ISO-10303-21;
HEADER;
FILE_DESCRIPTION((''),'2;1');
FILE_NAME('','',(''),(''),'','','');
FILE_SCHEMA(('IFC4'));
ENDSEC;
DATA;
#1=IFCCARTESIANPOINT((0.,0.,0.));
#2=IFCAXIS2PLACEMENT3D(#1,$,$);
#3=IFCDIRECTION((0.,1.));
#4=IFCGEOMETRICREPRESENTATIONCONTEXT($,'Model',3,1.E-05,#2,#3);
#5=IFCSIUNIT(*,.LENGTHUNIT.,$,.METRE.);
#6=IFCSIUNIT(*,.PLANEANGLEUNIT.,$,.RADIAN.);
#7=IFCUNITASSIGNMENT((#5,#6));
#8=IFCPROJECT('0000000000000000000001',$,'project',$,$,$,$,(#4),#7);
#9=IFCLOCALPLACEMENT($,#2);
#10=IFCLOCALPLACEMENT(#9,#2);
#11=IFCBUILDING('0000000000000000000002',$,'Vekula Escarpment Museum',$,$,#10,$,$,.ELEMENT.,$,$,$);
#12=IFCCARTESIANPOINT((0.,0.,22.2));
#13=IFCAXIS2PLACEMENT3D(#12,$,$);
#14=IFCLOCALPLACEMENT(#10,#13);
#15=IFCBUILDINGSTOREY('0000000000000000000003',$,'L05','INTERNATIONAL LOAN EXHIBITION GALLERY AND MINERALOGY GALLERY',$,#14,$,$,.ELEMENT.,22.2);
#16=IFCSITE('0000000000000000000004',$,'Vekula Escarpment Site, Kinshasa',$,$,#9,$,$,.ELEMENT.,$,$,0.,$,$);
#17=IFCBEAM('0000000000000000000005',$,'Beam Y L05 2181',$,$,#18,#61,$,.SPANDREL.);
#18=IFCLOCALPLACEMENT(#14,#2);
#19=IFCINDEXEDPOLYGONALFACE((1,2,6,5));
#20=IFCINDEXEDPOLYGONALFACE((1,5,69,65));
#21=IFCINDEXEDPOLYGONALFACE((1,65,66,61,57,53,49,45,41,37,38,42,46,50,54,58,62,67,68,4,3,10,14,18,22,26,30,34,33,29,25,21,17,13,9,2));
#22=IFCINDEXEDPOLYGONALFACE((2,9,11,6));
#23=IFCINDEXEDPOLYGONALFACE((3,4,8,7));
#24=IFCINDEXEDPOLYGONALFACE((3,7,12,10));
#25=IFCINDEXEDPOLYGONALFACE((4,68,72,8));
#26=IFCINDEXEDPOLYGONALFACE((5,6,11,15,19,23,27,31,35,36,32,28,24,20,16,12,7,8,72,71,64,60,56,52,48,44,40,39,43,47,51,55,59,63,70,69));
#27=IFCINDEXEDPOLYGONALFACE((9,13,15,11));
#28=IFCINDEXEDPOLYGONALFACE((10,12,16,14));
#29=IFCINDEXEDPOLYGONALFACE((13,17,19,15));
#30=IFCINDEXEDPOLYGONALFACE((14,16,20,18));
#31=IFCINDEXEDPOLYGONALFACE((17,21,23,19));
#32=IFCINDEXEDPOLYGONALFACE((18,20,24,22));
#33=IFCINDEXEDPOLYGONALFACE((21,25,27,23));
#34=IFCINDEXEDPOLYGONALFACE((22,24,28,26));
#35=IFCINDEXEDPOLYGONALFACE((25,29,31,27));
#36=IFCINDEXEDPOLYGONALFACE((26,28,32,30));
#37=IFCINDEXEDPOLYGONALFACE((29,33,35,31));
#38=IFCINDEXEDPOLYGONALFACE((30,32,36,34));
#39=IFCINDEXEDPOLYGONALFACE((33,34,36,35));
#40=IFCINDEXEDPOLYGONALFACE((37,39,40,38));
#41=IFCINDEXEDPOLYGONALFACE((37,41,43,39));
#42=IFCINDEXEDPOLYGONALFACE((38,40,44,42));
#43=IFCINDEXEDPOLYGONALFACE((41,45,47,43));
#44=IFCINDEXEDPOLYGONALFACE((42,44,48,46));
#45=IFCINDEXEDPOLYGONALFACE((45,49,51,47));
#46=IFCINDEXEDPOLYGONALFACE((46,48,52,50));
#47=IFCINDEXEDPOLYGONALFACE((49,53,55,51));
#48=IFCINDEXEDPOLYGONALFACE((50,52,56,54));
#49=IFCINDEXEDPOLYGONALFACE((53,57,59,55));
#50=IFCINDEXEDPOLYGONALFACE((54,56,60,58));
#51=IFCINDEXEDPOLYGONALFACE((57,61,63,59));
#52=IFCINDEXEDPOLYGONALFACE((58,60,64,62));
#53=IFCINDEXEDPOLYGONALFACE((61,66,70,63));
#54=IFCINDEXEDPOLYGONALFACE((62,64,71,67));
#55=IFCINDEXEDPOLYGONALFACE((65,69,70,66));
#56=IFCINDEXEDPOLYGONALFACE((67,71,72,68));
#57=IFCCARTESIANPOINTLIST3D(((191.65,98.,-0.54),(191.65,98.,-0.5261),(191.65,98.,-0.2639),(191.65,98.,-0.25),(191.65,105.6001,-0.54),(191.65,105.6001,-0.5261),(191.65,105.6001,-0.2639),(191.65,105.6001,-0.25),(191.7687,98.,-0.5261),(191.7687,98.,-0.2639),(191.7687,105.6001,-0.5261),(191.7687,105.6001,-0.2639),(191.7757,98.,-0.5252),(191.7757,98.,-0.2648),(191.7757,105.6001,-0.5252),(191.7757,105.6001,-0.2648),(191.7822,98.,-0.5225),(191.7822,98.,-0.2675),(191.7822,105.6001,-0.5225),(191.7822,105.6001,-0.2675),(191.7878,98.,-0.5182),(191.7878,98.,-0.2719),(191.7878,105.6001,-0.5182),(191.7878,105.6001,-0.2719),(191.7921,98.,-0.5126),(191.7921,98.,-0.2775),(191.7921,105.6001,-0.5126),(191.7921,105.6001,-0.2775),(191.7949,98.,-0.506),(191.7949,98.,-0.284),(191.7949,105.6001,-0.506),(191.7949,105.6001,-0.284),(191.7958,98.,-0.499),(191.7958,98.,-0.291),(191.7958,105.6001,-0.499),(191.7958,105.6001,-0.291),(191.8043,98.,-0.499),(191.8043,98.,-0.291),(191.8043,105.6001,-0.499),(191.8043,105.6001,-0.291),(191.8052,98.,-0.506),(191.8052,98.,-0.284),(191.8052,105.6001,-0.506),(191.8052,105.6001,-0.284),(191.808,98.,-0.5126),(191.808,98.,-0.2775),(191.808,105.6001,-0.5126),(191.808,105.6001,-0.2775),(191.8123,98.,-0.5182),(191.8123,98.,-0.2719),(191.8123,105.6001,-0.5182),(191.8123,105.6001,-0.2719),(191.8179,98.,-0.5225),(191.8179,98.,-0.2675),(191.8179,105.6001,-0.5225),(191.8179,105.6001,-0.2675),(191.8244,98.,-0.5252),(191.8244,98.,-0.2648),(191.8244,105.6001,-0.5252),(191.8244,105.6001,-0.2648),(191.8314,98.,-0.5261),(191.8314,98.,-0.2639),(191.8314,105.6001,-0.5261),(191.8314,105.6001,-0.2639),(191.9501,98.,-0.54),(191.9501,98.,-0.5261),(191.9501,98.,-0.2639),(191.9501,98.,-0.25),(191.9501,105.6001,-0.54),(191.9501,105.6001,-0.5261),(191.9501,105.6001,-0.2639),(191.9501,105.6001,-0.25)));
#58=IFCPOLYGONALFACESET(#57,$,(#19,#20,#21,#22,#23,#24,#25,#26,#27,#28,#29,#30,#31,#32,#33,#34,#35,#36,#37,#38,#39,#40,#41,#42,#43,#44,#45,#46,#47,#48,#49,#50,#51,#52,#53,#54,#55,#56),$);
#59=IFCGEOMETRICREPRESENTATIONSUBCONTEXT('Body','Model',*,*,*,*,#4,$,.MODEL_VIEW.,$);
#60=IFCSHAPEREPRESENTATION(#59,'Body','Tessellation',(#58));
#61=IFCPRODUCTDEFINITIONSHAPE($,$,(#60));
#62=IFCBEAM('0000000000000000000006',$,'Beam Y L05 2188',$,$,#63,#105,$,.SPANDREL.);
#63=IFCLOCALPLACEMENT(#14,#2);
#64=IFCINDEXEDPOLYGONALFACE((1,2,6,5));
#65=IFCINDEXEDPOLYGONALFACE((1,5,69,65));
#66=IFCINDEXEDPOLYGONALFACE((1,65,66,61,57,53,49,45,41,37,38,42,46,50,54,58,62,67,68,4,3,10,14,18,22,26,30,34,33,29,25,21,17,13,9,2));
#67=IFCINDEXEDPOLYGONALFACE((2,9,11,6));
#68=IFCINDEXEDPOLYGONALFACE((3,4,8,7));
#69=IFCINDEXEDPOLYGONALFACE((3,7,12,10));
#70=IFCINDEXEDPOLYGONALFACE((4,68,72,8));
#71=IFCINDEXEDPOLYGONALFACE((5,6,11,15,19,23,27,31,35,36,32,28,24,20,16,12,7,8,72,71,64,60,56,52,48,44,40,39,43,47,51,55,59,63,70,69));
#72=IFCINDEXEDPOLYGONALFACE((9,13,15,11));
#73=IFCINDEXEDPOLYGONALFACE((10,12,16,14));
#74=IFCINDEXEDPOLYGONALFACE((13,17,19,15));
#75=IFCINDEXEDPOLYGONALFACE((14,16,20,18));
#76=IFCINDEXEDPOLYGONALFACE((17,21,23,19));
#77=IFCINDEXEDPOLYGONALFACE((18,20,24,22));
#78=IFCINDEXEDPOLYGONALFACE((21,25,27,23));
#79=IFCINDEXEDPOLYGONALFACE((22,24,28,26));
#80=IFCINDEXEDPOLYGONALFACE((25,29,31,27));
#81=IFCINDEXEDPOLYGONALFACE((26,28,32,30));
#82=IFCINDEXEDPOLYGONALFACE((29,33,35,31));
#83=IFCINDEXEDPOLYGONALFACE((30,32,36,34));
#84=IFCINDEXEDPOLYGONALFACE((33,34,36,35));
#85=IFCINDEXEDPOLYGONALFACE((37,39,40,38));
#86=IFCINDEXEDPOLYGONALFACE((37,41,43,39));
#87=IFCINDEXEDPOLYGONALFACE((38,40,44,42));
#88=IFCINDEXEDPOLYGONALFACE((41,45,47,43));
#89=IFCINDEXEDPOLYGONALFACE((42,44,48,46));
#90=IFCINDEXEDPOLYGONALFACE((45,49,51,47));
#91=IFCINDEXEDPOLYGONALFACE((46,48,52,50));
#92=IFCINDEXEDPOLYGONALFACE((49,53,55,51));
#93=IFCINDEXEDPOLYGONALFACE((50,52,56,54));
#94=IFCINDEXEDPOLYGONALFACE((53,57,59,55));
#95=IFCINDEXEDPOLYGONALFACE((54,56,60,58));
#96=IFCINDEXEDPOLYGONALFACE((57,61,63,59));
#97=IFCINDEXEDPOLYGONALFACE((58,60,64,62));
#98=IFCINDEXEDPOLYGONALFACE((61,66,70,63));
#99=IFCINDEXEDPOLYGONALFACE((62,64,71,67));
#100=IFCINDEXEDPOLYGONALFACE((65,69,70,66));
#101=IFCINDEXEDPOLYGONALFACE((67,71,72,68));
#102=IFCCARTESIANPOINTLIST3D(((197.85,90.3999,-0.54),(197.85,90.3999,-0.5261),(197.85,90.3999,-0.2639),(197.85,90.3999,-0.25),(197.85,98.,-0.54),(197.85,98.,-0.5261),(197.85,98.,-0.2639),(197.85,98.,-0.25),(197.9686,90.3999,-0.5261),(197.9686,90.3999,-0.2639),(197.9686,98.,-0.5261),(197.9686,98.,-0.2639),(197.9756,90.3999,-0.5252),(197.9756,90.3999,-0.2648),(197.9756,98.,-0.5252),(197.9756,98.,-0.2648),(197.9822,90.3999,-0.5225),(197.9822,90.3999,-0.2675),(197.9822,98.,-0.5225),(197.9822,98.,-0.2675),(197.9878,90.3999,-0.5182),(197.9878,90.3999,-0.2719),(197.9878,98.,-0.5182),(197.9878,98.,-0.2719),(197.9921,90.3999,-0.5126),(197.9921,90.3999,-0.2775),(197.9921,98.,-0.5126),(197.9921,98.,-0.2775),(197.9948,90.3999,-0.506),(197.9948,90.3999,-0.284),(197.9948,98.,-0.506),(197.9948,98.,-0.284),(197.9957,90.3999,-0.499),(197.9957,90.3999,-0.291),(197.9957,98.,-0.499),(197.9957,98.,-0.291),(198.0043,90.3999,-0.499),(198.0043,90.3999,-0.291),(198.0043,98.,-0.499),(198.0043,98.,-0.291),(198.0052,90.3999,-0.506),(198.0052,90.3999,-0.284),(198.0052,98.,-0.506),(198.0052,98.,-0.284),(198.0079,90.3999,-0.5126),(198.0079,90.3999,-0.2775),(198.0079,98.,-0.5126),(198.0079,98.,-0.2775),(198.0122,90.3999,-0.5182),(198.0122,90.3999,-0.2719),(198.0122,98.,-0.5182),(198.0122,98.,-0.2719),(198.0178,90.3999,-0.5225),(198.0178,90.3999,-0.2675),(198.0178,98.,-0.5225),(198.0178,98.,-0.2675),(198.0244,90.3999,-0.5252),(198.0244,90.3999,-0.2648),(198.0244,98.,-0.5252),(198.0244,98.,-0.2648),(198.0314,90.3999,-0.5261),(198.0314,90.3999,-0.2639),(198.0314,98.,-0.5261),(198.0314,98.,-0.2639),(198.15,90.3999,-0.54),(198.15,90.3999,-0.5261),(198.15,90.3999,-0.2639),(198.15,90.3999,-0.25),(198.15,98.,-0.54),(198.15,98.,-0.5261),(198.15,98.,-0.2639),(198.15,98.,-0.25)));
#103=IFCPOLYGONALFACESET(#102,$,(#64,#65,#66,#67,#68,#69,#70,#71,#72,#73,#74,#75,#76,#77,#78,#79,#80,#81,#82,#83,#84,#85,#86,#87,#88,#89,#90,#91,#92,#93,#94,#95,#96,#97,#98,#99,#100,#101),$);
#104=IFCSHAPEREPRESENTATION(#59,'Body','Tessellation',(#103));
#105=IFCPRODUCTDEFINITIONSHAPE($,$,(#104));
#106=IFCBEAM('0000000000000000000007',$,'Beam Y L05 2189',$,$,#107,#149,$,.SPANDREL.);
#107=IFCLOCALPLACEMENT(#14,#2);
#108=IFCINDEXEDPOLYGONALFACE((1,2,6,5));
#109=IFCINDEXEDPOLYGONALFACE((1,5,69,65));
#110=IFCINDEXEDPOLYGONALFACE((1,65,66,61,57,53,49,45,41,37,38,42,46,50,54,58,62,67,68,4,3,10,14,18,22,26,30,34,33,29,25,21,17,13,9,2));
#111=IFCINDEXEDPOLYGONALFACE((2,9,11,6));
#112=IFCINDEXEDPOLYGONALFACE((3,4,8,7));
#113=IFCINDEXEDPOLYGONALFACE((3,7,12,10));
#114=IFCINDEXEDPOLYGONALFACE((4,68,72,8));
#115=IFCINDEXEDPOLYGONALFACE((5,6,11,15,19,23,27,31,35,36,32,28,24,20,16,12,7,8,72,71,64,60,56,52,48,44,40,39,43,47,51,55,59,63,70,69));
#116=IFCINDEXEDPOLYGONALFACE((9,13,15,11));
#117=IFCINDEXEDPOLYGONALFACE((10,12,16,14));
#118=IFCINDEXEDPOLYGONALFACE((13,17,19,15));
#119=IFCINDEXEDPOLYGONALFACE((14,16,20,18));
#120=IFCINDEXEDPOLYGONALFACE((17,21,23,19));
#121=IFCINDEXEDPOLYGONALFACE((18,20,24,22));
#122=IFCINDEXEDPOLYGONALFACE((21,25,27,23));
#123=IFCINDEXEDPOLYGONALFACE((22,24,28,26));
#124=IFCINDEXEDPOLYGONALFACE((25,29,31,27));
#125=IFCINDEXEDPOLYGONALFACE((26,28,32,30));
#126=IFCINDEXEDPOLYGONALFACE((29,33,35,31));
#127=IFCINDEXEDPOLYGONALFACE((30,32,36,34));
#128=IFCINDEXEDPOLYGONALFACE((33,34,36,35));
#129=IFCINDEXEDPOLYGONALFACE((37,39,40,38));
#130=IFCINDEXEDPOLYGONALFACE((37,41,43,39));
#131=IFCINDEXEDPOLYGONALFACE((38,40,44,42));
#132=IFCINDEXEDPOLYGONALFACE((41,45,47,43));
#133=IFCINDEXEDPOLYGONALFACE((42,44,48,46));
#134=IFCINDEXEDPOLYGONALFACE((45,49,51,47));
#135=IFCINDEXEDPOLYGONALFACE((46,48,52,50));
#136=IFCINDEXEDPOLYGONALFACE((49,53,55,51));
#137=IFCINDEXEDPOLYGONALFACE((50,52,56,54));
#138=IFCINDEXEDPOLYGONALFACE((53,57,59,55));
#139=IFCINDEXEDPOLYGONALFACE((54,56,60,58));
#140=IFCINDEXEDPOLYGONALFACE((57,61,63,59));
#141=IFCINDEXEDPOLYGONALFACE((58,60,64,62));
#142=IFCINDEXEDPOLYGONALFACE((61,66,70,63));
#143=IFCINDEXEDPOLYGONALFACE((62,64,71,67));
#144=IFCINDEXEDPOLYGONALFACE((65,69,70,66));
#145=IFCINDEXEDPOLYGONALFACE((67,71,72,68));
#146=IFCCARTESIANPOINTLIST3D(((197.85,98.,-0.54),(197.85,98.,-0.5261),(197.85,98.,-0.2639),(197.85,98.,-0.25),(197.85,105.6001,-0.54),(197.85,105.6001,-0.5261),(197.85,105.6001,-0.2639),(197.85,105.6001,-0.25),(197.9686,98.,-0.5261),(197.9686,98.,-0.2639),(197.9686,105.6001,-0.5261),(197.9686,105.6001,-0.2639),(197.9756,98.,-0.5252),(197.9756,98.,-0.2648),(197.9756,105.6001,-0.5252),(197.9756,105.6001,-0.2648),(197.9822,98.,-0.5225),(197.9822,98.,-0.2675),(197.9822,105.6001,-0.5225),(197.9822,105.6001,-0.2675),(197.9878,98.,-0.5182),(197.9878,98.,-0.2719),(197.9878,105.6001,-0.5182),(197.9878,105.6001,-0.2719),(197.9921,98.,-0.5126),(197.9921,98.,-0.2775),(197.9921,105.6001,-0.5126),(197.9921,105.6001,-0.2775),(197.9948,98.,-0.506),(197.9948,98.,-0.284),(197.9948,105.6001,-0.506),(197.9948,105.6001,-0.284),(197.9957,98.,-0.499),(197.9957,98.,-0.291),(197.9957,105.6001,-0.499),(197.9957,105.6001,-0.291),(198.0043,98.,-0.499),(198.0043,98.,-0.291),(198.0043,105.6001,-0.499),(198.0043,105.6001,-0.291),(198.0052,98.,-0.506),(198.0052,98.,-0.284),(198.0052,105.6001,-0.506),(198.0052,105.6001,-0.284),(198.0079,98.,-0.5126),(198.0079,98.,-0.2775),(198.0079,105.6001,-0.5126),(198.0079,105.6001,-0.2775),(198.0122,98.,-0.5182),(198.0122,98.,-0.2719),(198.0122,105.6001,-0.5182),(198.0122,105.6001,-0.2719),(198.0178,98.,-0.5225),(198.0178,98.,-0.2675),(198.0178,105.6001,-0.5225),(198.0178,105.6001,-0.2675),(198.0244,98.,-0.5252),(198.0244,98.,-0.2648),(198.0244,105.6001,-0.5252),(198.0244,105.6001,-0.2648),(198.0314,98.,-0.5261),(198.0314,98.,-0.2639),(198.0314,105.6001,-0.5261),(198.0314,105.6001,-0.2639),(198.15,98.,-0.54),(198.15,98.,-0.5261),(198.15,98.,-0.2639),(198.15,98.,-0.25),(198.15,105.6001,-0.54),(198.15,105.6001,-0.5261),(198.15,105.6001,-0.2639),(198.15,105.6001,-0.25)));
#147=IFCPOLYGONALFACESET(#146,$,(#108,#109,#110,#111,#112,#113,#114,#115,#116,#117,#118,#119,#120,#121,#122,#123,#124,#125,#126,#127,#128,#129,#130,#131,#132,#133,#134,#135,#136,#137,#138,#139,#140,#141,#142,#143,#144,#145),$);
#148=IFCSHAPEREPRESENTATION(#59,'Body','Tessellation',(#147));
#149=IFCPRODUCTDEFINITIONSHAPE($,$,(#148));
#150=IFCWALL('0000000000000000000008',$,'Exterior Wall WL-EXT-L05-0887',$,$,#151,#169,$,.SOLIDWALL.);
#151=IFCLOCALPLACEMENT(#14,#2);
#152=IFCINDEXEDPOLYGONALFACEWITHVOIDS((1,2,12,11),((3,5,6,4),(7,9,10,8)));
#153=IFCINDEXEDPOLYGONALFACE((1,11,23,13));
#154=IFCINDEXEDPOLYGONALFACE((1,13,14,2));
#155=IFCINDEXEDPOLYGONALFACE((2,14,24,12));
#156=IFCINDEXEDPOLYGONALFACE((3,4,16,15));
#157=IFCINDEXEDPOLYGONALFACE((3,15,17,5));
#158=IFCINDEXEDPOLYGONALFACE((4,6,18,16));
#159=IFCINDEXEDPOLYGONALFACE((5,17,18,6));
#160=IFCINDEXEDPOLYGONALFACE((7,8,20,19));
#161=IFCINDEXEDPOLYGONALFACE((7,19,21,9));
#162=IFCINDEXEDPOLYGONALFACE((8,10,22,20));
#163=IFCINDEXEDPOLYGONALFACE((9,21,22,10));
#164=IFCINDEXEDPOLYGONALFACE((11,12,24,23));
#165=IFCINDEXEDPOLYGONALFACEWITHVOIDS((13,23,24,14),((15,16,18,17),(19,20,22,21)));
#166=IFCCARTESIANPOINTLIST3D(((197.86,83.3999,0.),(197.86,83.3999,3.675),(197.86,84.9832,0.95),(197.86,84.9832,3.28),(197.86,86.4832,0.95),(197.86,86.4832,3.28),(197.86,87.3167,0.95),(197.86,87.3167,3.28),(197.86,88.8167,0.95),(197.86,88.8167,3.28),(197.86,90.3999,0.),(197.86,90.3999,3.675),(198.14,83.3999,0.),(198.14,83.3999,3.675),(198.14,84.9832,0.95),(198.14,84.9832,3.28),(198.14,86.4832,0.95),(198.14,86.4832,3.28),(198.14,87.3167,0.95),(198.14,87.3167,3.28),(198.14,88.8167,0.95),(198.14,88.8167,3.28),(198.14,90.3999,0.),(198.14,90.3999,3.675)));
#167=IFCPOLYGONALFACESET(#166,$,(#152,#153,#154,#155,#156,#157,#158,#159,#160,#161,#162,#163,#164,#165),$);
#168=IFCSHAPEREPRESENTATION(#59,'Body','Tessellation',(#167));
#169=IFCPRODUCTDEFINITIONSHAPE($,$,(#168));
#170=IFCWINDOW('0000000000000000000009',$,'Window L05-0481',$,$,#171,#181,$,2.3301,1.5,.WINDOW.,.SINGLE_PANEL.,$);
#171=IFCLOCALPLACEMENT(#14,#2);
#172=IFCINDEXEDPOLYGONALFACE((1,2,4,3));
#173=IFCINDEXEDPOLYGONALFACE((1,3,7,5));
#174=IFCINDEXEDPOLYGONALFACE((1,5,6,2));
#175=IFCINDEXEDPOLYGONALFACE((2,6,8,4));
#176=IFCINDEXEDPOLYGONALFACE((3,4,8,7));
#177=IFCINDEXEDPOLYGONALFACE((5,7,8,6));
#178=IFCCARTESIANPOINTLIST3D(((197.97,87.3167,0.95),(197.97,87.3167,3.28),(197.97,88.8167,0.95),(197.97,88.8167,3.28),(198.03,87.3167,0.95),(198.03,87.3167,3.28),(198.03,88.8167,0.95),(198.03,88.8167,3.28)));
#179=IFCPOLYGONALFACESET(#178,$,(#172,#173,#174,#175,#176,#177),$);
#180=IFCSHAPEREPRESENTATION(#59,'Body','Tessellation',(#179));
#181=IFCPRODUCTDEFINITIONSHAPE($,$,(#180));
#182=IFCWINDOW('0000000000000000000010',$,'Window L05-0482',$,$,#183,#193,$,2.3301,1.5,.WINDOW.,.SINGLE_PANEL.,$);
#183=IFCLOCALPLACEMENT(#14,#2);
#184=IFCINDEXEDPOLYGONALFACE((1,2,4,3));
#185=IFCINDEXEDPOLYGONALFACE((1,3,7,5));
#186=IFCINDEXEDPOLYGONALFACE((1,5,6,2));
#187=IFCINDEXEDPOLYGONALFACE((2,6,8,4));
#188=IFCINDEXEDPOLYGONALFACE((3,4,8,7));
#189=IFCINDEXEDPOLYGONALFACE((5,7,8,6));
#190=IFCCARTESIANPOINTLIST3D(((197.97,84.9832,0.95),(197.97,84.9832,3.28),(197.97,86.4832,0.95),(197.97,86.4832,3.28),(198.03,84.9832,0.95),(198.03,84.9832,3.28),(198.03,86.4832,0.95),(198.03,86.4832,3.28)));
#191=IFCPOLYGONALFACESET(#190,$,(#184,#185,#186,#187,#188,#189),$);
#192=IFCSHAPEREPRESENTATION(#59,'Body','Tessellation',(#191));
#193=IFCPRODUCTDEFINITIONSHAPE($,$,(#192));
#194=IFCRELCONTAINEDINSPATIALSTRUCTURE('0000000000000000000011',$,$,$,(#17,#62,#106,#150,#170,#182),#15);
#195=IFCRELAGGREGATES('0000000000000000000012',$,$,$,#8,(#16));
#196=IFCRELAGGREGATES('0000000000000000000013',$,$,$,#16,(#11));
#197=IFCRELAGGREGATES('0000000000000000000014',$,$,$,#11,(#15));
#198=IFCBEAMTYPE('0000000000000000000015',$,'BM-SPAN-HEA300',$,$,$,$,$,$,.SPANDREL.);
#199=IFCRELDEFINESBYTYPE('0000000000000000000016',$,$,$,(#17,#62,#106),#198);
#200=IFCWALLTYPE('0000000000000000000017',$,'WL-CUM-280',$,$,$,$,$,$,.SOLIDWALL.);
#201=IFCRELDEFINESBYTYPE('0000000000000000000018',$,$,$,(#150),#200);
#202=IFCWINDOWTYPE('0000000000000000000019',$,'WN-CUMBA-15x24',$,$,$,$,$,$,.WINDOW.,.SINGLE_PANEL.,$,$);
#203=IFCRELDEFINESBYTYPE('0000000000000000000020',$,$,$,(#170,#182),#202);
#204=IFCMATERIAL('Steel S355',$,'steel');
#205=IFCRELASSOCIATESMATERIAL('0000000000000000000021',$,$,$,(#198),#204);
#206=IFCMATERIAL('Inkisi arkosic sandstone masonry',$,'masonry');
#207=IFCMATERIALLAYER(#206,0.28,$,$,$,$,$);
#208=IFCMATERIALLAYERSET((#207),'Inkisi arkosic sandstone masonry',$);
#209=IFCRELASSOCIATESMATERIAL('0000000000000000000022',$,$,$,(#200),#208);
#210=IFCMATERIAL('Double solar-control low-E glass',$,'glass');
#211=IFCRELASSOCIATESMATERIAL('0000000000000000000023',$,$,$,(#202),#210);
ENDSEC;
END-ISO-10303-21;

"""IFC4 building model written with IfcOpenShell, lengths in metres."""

from ifc_helpers import new_model, si_unit, direction, frame, frame_2d, origin, origin_2d, place, context, subcontext, project, spatial, rectangle, i_section, extrude, material, layer, layer_set, material_profile, profile_set, type_object, element, fill, save


model = new_model("IFC4")

# Units and contexts
model_context = context("Model", 3, precision=1e-05, world=origin(), true_north=direction((0.0, 1.0)))
body_context = subcontext(model_context, "Body", "Model", "MODEL_VIEW")
ifc_project = project(units=[si_unit("LENGTHUNIT", "METRE"), si_unit("PLANEANGLEUNIT", "RADIAN")], contexts=[model_context])

# Site, building, storey
site_placement = place(None, origin())
site = spatial("IfcSite", under=ifc_project, at=site_placement, Name="Vekula Escarpment Site, Kinshasa", CompositionType="ELEMENT", RefElevation=0.0)
building_placement = place(site_placement, origin())
building = spatial("IfcBuilding", under=site, at=building_placement, Name="Vekula Escarpment Museum", CompositionType="ELEMENT")
storey_placement = place(building_placement, frame((0.0, 0.0, 22.2)))
storey = spatial("IfcBuildingStorey", under=building, at=storey_placement, Name="L05", Description="INTERNATIONAL LOAN EXHIBITION GALLERY AND MINERALOGY GALLERY", CompositionType="ELEMENT", Elevation=22.2)

# Beams
ifc_material_1 = material(Name="Steel S355", Category="steel")
ifc_material_profile_1 = material_profile(ifc_material_1, i_section(OverallWidth=0.3, OverallDepth=0.29, WebThickness=0.0085, FlangeThickness=0.0139, FilletRadius=0.0271, at=origin_2d()), Name="HEA 300")
ifc_profile_set_1 = profile_set([ifc_material_profile_1], Name="Steel S355")
beam_type_1 = type_object("IfcBeamType", Name="BM-SPAN-HEA300", PredefinedType="SPANDREL", material=ifc_profile_set_1)
for number, where, z_axis, x_axis, name in (
    (1, (191.8, 98.0, -0.395), (0.0, 1.0, 0.0), (-1.0, 0.0, 0.0), "Beam Y L05 2181"),
    (2, (198.0, 90.3999, -0.395), (0.0, 1.0, 0.0), (-1.0, 0.0, 0.0), "Beam Y L05 2188"),
    (3, (198.0, 98.0, -0.395), (0.0, 1.0, 0.0), (-1.0, 0.0, 0.0), "Beam Y L05 2189"),
):
    element("IfcBeam", number, at=place(storey_placement, frame(where, z_axis=z_axis, x_axis=x_axis)), inside=storey, type_object=beam_type_1, Name=name, PredefinedType="SPANDREL", context=body_context, shape_type="SweptSolid", body=[
        extrude(i_section(OverallWidth=0.3, OverallDepth=0.29, WebThickness=0.0085, FlangeThickness=0.0139, FilletRadius=0.0271, at=origin_2d()), origin(), (0.0, 0.0, 1.0), 7.6001),
    ])

# Wall, openings, windows
ifc_material_2 = material(Name="Inkisi arkosic sandstone masonry", Category="masonry")
ifc_layer_1 = layer(ifc_material_2, 0.28)
ifc_layer_set_1 = layer_set([ifc_layer_1], Name="Inkisi arkosic sandstone masonry")
wall_type_1 = type_object("IfcWallType", Name="WL-CUM-280", PredefinedType="SOLIDWALL", material=ifc_layer_set_1)
wall_1_placement = place(storey_placement, frame((198.0, 90.3999, 0.0), z_axis=(0.0, 0.0, 1.0), x_axis=(0.0, -1.0, 0.0)))
wall_1 = element("IfcWall", 4, at=wall_1_placement, inside=storey, type_object=wall_type_1, Name="Exterior Wall WL-EXT-L05-0887", PredefinedType="SOLIDWALL", context=body_context, shape_type="SweptSolid", body=[
    extrude(rectangle(XDim=7.0, YDim=0.28, at=frame_2d((3.5, 0.0))), origin(), (0.0, 0.0, 1.0), 3.675),
])
opening_1_placement = place(wall_1_placement, frame((1.5833, 0.0, 0.95)))
opening_1 = element("IfcOpeningElement", 5, at=opening_1_placement, cuts=wall_1, PredefinedType="OPENING", context=body_context, shape_type="SweptSolid", body=[
    extrude(rectangle(XDim=1.5, YDim=2.3301, at=frame_2d((0.75, 1.165))), frame((0.0, 0.1499, 0.0), z_axis=(0.0, -1.0, 0.0), x_axis=(1.0, 0.0, 0.0)), (0.0, 0.0, 1.0), 0.3),
])
opening_2_placement = place(wall_1_placement, frame((3.9167, 0.0, 0.95)))
opening_2 = element("IfcOpeningElement", 6, at=opening_2_placement, cuts=wall_1, PredefinedType="OPENING", context=body_context, shape_type="SweptSolid", body=[
    extrude(rectangle(XDim=1.5, YDim=2.3301, at=frame_2d((0.75, 1.165))), frame((0.0, 0.1499, 0.0), z_axis=(0.0, -1.0, 0.0), x_axis=(1.0, 0.0, 0.0)), (0.0, 0.0, 1.0), 0.3),
])
ifc_material_3 = material(Name="Double solar-control low-E glass", Category="glass")
window_type_1 = type_object("IfcWindowType", Name="WN-CUMBA-15x24", PartitioningType="SINGLE_PANEL", PredefinedType="WINDOW", material=ifc_material_3)
window_1_placement = place(opening_1_placement, origin())
window_1 = element("IfcWindow", 7, at=window_1_placement, inside=storey, type_object=window_type_1, Name="Window L05-0481", OverallHeight=2.3301, OverallWidth=1.5, PartitioningType="SINGLE_PANEL", PredefinedType="WINDOW", context=body_context, shape_type="SweptSolid", body=[
    extrude(rectangle(XDim=1.5, YDim=2.3301, at=frame_2d((0.75, 1.165))), frame((0.0, 0.03, 0.0), z_axis=(0.0, -1.0, 0.0), x_axis=(1.0, 0.0, 0.0)), (0.0, 0.0, 1.0), 0.0601),
])
fill(opening_1, window_1)
window_2_placement = place(opening_2_placement, origin())
window_2 = element("IfcWindow", 8, at=window_2_placement, inside=storey, type_object=window_type_1, Name="Window L05-0482", OverallHeight=2.3301, OverallWidth=1.5, PartitioningType="SINGLE_PANEL", PredefinedType="WINDOW", context=body_context, shape_type="SweptSolid", body=[
    extrude(rectangle(XDim=1.5, YDim=2.3301, at=frame_2d((0.75, 1.165))), frame((0.0, 0.03, 0.0), z_axis=(0.0, -1.0, 0.0), x_axis=(1.0, 0.0, 0.0)), (0.0, 0.0, 1.0), 0.0601),
])
fill(opening_2, window_2)

save(model, "model.ifc")
